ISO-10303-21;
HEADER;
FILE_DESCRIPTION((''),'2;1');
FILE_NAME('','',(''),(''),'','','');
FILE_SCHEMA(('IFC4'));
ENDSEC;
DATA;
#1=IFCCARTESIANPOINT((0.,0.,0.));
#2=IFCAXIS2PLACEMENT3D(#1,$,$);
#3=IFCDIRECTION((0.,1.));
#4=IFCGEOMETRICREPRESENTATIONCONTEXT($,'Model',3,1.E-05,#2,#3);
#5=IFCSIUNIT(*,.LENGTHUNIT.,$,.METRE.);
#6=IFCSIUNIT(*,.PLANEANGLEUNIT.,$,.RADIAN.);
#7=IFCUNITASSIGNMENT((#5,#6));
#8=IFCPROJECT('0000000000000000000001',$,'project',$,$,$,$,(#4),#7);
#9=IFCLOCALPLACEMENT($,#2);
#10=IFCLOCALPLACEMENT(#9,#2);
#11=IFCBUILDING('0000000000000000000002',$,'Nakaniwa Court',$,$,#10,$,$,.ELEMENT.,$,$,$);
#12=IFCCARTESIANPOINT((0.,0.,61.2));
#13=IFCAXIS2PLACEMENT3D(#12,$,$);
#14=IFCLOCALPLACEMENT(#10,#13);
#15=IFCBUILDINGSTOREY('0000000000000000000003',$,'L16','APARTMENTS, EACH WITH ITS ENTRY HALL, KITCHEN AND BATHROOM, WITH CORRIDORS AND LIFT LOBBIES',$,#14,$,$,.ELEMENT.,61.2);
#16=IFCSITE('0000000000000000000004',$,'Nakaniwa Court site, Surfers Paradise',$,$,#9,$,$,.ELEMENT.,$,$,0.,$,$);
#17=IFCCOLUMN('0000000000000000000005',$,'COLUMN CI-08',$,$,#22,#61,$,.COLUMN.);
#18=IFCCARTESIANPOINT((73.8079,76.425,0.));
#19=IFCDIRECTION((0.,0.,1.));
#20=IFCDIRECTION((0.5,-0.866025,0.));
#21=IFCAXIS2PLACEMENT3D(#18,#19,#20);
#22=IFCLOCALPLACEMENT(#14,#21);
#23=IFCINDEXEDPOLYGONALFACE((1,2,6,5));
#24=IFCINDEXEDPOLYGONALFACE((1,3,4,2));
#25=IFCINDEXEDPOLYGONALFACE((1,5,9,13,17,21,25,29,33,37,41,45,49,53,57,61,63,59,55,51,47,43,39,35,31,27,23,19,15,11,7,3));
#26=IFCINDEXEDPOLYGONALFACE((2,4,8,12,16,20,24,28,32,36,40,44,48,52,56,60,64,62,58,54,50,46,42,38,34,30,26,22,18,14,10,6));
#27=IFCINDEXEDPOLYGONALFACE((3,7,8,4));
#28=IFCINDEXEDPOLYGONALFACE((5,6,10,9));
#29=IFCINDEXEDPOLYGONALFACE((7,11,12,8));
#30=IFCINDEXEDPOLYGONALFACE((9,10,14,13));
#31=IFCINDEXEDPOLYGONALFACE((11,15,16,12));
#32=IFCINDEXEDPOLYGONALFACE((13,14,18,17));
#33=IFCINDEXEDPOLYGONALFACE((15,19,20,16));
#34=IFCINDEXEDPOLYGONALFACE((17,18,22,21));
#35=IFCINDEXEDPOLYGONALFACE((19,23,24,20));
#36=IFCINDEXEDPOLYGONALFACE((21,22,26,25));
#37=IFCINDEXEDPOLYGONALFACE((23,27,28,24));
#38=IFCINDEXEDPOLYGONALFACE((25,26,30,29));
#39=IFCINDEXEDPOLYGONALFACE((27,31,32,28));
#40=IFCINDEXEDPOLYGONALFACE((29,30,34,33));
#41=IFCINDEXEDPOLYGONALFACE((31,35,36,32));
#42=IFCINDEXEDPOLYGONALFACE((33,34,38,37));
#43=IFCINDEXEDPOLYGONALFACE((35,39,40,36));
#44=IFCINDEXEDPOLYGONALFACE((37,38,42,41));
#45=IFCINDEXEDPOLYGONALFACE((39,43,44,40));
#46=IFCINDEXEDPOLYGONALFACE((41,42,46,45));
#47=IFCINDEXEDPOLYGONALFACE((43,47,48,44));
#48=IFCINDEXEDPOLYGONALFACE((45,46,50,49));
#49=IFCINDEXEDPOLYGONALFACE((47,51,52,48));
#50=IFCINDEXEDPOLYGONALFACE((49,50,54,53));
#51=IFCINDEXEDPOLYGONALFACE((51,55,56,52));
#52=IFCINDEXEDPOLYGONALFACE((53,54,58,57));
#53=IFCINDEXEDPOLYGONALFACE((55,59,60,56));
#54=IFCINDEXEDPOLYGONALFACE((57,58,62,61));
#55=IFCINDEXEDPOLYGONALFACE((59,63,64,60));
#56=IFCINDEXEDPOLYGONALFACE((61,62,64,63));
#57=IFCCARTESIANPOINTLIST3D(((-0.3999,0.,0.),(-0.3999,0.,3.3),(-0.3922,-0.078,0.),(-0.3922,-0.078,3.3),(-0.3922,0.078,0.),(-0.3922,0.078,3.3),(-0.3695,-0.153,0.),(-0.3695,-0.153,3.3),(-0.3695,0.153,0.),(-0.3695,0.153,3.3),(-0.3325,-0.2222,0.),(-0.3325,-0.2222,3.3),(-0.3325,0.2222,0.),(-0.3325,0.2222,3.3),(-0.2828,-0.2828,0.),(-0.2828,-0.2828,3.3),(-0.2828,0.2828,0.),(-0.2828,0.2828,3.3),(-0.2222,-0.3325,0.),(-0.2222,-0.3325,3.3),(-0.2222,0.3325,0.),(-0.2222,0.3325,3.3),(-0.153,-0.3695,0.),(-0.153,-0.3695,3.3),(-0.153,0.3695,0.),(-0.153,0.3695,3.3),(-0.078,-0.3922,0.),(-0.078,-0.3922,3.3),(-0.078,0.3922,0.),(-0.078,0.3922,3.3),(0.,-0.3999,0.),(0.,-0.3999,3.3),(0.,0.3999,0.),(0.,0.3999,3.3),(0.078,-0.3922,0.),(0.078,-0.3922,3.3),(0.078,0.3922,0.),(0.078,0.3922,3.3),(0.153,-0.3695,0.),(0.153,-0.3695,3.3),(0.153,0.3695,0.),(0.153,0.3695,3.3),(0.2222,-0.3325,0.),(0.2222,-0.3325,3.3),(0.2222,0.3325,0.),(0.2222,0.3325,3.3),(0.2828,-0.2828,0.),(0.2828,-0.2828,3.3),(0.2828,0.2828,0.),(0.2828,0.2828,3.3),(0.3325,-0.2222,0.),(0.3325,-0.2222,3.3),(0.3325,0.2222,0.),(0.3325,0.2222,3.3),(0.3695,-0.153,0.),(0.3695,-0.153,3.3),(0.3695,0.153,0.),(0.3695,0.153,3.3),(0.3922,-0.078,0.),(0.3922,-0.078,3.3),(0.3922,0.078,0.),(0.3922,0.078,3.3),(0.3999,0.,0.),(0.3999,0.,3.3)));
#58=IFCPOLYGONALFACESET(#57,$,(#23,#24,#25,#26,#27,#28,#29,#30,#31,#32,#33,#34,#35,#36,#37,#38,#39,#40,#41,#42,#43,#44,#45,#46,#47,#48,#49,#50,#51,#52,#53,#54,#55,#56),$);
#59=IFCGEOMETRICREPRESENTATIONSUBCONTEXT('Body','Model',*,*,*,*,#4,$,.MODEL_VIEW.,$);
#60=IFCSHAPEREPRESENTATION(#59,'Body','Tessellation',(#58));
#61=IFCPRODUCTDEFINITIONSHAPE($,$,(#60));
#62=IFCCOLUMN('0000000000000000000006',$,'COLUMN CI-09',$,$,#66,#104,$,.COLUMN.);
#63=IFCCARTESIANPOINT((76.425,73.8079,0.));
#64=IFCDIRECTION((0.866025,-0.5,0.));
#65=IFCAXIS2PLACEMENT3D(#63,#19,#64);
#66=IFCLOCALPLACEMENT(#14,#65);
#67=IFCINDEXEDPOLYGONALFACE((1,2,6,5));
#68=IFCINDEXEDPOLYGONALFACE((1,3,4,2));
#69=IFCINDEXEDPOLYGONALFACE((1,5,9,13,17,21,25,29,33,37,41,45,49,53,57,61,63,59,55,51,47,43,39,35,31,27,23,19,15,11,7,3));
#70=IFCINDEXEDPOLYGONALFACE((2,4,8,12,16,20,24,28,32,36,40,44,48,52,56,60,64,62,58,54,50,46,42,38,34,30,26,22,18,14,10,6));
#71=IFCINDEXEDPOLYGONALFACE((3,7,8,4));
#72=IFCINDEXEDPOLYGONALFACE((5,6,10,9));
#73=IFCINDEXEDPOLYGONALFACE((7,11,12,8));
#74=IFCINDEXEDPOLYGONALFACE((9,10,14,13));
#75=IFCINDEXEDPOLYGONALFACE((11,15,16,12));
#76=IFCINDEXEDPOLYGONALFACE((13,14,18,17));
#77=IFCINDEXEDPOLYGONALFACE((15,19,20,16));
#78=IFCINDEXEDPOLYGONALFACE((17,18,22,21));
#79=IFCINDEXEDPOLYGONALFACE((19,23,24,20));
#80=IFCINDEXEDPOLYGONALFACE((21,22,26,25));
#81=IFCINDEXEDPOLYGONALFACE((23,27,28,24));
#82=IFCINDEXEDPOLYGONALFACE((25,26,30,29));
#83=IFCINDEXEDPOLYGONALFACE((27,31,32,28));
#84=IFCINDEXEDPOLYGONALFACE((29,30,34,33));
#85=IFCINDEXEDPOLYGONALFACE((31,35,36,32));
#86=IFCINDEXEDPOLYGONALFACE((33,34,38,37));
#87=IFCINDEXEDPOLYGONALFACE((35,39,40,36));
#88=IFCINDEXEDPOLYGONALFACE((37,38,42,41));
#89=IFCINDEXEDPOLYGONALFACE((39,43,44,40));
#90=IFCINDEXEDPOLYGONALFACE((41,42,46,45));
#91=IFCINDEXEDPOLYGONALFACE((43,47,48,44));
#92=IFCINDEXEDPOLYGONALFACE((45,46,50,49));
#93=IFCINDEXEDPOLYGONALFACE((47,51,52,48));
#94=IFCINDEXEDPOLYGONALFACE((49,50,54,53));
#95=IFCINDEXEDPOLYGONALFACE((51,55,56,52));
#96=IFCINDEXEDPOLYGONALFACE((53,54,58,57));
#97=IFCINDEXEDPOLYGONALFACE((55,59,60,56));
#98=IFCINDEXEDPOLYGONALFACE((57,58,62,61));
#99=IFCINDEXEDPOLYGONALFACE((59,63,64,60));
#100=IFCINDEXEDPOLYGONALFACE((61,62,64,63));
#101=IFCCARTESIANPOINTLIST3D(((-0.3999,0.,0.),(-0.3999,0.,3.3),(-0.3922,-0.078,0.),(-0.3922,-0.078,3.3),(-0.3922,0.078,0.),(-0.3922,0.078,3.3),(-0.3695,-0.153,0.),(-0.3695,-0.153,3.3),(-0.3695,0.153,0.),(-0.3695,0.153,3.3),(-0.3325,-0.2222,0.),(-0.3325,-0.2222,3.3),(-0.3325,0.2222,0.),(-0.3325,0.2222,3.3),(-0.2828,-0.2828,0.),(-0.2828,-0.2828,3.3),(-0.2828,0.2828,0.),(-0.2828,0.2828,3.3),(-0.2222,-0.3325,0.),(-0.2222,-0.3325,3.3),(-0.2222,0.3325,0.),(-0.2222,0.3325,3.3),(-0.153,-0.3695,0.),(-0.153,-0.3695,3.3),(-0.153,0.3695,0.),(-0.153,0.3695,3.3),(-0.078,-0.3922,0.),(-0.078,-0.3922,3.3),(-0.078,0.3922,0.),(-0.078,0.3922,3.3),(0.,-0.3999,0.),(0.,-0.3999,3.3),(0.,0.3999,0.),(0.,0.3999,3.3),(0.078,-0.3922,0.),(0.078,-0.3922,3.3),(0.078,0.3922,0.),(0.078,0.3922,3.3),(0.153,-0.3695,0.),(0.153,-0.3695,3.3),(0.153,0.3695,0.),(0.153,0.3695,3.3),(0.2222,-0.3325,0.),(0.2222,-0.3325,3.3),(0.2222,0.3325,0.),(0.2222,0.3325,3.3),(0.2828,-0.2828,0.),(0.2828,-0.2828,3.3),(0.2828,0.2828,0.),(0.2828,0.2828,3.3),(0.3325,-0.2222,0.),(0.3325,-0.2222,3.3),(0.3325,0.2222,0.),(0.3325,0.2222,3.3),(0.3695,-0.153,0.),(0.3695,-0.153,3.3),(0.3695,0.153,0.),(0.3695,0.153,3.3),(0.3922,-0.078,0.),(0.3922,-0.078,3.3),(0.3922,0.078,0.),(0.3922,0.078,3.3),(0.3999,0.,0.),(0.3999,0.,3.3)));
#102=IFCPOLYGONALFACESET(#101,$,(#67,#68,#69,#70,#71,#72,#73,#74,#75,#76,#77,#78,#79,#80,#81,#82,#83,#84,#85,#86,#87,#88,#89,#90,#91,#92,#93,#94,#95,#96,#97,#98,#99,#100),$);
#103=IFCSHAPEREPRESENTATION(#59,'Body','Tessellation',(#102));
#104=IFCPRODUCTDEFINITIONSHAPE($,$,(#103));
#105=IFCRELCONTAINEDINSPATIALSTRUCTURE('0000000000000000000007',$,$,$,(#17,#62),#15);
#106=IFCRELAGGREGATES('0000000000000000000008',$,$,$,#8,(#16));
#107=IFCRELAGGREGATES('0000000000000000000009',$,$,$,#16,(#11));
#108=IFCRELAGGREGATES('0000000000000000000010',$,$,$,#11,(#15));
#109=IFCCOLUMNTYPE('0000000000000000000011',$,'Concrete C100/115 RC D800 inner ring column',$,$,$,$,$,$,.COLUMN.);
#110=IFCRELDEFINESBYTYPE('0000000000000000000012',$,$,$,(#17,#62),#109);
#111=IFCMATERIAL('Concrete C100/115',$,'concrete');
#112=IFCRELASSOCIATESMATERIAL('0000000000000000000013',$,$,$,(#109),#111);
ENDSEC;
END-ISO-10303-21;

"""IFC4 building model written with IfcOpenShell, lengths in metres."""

from ifc_helpers import new_model, si_unit, direction, frame, origin, origin_2d, place, context, subcontext, project, spatial, circle, extrude, material, material_profile, profile_set, type_object, element, save


model = new_model("IFC4")

# Units and contexts
model_context = context("Model", 3, precision=1e-05, world=origin(), true_north=direction((0.0, 1.0)))
body_context = subcontext(model_context, "Body", "Model", "MODEL_VIEW")
ifc_project = project(units=[si_unit("LENGTHUNIT", "METRE"), si_unit("PLANEANGLEUNIT", "RADIAN")], contexts=[model_context])

# Site, building, storey
site_placement = place(None, origin())
site = spatial("IfcSite", under=ifc_project, at=site_placement, Name="Nakaniwa Court site, Surfers Paradise", CompositionType="ELEMENT", RefElevation=0.0)
building_placement = place(site_placement, origin())
building = spatial("IfcBuilding", under=site, at=building_placement, Name="Nakaniwa Court", CompositionType="ELEMENT")
storey_placement = place(building_placement, frame((0.0, 0.0, 61.2)))
storey = spatial("IfcBuildingStorey", under=building, at=storey_placement, Name="L16", Description="APARTMENTS, EACH WITH ITS ENTRY HALL, KITCHEN AND BATHROOM, WITH CORRIDORS AND LIFT LOBBIES", CompositionType="ELEMENT", Elevation=61.2)

# Columns
ifc_material_1 = material(Name="Concrete C100/115", Category="concrete")
ifc_material_profile_1 = material_profile(ifc_material_1, circle(Radius=0.3999, at=origin_2d()), Name="Concrete C100/115 RC D800 inner ring column")
ifc_profile_set_1 = profile_set([ifc_material_profile_1], Name="Concrete C100/115")
column_type_1 = type_object("IfcColumnType", Name="Concrete C100/115 RC D800 inner ring column", PredefinedType="COLUMN", material=ifc_profile_set_1)
for number, where, z_axis, x_axis, name in (
    (1, (73.8079, 76.425, 0.0), (0.0, 0.0, 1.0), (0.5, -0.866025, 0.0), "COLUMN CI-08"),
    (2, (76.425, 73.8079, 0.0), (0.0, 0.0, 1.0), (0.866025, -0.5, 0.0), "COLUMN CI-09"),
):
    element("IfcColumn", number, at=place(storey_placement, frame(where, z_axis=z_axis, x_axis=x_axis)), inside=storey, type_object=column_type_1, Name=name, PredefinedType="COLUMN", context=body_context, shape_type="SweptSolid", body=[
        extrude(circle(Radius=0.3999, at=origin_2d()), origin(), (0.0, 0.0, 1.0), 3.3),
    ])

save(model, "model.ifc")
